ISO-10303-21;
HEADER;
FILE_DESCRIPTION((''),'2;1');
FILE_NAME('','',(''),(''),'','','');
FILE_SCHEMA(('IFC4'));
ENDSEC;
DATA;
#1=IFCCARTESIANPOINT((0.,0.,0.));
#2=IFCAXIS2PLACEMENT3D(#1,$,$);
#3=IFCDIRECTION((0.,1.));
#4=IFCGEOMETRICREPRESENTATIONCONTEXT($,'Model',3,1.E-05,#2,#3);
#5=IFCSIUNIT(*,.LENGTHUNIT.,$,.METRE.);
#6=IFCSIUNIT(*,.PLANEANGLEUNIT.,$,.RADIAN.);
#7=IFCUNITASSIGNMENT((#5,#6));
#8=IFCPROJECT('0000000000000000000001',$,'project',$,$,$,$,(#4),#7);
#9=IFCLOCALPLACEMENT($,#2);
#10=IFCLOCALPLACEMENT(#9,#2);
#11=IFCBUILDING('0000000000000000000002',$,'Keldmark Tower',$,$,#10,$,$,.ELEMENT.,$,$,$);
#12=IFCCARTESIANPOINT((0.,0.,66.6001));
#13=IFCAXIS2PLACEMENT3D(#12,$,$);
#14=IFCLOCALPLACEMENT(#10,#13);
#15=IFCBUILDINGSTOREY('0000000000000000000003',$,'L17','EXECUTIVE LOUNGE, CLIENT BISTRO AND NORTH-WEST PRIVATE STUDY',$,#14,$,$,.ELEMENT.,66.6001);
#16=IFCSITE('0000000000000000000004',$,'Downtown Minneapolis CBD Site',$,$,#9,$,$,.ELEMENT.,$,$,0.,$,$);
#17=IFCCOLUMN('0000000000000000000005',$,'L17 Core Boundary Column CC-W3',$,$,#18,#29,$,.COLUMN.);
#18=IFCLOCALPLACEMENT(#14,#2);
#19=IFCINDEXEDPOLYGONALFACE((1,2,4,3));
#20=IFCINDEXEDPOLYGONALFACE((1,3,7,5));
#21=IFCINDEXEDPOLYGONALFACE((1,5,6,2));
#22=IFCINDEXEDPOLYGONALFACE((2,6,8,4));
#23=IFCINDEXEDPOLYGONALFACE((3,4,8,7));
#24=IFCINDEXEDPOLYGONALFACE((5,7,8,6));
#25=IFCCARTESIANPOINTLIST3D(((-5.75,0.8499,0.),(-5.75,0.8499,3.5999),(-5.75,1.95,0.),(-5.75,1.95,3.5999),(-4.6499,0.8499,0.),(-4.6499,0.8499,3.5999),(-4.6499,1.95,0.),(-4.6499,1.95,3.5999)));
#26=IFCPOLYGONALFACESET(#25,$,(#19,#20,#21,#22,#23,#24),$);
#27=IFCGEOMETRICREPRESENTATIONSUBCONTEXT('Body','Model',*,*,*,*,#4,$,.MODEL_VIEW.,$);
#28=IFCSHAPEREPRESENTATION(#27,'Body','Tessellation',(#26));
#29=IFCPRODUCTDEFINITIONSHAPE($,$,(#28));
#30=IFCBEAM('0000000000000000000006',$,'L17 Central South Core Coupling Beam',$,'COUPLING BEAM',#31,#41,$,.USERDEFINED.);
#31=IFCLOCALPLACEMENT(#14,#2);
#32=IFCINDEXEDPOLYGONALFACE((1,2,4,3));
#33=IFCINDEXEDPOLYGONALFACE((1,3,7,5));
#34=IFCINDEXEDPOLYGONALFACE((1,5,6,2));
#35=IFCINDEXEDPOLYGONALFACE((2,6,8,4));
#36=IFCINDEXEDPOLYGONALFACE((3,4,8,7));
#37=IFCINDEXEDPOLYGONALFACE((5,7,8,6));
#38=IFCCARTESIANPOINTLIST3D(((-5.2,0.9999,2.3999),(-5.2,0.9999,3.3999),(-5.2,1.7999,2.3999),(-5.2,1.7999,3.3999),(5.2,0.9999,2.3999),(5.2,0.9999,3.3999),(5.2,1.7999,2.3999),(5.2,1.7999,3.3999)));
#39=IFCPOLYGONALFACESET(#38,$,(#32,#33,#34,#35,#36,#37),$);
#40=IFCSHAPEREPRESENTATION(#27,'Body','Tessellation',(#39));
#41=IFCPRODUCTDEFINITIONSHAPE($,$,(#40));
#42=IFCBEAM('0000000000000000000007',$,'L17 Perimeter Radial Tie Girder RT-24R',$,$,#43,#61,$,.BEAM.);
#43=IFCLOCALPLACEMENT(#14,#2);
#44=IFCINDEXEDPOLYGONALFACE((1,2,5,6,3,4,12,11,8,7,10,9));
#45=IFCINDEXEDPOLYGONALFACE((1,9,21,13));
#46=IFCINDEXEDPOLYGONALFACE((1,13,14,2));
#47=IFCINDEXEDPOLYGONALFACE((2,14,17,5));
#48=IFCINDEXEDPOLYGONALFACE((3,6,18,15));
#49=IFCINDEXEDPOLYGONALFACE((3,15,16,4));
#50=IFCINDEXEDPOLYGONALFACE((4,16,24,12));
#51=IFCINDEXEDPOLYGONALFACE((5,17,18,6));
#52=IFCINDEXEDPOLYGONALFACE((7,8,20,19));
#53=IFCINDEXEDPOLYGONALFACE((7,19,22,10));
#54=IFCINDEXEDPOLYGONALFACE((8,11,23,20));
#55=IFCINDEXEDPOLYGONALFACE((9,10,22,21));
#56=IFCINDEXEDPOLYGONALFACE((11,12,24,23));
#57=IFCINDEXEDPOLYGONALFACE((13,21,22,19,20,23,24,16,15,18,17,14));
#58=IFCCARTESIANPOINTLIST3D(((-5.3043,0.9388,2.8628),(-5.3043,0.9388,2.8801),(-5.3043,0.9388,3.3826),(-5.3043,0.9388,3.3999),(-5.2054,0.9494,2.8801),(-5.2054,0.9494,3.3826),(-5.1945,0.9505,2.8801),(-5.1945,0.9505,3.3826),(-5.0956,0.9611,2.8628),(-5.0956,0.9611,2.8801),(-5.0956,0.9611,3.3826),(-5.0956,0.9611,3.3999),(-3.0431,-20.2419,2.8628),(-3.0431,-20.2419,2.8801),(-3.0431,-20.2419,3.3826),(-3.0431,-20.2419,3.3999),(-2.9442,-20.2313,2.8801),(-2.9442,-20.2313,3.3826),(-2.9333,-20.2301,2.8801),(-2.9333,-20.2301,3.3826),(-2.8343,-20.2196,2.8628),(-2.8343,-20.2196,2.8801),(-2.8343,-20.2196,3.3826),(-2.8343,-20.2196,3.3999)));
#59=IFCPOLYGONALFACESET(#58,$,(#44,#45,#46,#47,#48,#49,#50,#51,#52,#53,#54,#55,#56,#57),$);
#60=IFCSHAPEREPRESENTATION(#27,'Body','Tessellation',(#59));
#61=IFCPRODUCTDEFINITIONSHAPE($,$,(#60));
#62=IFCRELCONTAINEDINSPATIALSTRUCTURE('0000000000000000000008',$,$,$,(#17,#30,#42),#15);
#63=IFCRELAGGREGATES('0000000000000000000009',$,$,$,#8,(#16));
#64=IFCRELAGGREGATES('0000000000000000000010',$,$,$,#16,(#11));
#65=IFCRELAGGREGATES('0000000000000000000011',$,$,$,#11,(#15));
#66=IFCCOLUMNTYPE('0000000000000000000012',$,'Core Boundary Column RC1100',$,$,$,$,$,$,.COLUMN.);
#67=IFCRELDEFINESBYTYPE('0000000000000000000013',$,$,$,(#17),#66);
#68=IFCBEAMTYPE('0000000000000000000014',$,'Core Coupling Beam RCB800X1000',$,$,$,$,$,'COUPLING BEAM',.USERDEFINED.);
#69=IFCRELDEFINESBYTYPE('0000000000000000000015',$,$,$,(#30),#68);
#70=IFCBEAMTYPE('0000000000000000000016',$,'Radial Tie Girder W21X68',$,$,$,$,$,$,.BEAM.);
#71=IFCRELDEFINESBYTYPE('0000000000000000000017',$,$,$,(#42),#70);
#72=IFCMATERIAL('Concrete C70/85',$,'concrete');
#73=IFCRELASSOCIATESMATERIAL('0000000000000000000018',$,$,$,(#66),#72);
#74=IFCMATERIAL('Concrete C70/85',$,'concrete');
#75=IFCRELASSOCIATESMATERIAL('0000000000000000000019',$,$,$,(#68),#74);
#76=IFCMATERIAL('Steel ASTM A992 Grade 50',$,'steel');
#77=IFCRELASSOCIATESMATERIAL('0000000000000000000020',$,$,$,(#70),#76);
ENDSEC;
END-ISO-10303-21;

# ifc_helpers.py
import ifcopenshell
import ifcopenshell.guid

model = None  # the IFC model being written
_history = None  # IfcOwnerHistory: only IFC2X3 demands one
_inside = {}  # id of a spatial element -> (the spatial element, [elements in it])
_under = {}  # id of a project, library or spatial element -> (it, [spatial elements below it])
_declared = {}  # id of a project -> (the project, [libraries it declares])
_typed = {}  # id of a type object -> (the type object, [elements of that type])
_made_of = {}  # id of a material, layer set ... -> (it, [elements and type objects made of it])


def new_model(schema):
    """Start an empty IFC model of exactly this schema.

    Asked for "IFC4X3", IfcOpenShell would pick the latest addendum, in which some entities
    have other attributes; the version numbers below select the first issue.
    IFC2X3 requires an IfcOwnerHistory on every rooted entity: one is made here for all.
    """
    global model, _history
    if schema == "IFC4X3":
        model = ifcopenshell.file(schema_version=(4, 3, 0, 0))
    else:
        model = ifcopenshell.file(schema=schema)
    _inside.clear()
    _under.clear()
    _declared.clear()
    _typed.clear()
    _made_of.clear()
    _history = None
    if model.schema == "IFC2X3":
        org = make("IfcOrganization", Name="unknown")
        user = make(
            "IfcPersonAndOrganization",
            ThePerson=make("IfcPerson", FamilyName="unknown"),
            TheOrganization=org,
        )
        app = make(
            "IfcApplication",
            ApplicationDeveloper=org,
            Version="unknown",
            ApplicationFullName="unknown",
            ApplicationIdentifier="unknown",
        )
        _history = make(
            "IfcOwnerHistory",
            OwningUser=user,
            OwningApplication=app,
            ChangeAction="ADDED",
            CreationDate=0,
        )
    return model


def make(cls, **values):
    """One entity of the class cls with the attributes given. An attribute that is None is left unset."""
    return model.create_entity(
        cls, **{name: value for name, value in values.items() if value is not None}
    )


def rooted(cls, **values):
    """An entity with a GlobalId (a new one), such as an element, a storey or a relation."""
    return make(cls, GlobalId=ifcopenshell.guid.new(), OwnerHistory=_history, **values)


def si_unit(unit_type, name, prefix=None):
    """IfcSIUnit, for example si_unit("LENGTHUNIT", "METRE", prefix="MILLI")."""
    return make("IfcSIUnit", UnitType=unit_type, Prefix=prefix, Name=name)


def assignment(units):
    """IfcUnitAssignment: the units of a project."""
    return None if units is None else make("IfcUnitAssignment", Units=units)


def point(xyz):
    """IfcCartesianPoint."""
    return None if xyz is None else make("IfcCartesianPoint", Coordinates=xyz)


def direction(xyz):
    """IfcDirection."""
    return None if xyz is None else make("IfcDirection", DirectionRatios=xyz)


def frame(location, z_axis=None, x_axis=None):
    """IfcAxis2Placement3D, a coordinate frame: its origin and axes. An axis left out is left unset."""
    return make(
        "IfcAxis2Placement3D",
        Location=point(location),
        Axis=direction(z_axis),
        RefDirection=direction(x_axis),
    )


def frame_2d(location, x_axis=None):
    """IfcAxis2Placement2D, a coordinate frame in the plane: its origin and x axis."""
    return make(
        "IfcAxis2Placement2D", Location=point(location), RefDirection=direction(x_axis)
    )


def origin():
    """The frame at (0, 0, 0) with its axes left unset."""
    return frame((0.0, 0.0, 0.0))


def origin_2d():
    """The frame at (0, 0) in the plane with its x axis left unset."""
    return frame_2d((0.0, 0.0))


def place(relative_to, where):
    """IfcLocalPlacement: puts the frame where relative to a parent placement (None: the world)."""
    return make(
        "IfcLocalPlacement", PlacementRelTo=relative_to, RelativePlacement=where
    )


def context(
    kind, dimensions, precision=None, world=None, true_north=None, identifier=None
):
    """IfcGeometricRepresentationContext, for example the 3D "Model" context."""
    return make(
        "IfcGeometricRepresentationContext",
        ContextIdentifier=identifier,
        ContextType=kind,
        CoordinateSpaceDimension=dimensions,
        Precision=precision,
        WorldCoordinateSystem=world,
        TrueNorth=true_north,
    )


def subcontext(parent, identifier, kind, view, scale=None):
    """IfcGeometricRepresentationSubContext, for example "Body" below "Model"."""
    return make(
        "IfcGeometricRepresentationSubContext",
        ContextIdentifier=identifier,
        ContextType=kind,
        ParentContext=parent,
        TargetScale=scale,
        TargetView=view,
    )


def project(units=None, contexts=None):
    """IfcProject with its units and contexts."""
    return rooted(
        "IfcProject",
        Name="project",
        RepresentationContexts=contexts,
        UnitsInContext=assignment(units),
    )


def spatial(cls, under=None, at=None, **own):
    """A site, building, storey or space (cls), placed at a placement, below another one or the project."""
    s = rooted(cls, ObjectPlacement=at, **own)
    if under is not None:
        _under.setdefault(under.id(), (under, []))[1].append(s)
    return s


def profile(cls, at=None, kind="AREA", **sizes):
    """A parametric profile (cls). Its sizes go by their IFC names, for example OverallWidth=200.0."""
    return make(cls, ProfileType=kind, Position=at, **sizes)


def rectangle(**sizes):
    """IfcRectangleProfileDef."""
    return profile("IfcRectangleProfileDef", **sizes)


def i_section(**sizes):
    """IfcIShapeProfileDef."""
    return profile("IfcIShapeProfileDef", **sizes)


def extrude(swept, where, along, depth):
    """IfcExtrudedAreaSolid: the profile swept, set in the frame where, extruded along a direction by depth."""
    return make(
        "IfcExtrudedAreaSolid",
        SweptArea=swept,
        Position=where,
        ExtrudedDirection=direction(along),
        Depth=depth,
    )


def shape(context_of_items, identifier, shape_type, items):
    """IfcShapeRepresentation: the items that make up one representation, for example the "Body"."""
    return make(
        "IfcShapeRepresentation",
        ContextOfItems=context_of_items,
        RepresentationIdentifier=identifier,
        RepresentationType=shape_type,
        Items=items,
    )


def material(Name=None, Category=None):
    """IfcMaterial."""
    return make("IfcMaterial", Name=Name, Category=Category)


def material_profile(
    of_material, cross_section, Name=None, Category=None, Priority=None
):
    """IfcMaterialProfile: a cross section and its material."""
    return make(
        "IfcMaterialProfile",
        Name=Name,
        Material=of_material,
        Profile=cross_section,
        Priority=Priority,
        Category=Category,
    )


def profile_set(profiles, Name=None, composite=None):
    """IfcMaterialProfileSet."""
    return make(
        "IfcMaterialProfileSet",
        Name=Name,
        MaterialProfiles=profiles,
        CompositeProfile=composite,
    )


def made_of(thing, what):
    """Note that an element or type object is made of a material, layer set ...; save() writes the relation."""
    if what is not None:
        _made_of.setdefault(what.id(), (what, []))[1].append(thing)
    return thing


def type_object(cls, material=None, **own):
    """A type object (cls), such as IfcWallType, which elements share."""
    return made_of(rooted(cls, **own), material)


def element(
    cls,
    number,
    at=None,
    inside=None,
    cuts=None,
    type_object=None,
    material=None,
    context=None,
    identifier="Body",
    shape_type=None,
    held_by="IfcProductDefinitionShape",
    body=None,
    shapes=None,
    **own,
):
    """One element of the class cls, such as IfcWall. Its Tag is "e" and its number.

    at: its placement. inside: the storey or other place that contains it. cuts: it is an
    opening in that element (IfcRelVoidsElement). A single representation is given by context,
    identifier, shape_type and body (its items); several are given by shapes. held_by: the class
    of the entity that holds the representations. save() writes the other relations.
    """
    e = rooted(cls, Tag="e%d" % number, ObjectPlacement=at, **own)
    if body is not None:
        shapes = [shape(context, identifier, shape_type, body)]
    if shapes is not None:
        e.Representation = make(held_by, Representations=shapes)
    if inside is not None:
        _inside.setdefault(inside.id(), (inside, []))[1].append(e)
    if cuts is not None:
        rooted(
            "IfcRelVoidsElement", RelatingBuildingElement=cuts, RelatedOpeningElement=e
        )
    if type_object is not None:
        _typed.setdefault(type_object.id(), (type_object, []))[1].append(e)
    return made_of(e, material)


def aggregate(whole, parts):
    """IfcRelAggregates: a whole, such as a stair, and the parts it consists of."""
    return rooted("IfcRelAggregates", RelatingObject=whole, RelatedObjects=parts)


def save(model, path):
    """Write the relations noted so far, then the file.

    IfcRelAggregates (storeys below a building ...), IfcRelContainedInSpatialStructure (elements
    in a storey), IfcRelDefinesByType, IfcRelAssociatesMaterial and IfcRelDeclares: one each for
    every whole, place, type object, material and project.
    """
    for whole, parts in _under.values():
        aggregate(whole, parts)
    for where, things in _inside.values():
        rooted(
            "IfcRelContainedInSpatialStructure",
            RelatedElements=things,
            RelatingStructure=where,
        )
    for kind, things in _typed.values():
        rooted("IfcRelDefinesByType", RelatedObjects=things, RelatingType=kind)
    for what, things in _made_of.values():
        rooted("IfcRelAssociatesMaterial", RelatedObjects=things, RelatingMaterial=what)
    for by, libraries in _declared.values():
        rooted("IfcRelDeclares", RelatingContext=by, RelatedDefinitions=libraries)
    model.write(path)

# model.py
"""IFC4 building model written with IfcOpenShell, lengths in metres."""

from ifc_helpers import new_model, si_unit, direction, frame, origin, origin_2d, place, context, subcontext, project, spatial, rectangle, i_section, extrude, material, material_profile, profile_set, type_object, element, save


model = new_model("IFC4")

# Units and contexts
model_context = context("Model", 3, precision=1e-05, world=origin(), true_north=direction((0.0, 1.0)))
body_context = subcontext(model_context, "Body", "Model", "MODEL_VIEW")
ifc_project = project(units=[si_unit("LENGTHUNIT", "METRE"), si_unit("PLANEANGLEUNIT", "RADIAN")], contexts=[model_context])

# Site, building, storey
site_placement = place(None, origin())
site = spatial("IfcSite", under=ifc_project, at=site_placement, Name="Downtown Minneapolis CBD Site", CompositionType="ELEMENT", RefElevation=0.0)
building_placement = place(site_placement, origin())
building = spatial("IfcBuilding", under=site, at=building_placement, Name="Keldmark Tower", CompositionType="ELEMENT")
storey_placement = place(building_placement, frame((0.0, 0.0, 66.6001)))
storey = spatial("IfcBuildingStorey", under=building, at=storey_placement, Name="L17", Description="EXECUTIVE LOUNGE, CLIENT BISTRO AND NORTH-WEST PRIVATE STUDY", CompositionType="ELEMENT", Elevation=66.6001)

# Column
ifc_material_1 = material(Name="Concrete C70/85", Category="concrete")
ifc_material_profile_1 = material_profile(ifc_material_1, rectangle(XDim=1.1001, YDim=1.1001, at=origin_2d()), Name="RC1100X1100")
ifc_profile_set_1 = profile_set([ifc_material_profile_1], Name="Concrete C70/85")
column_type = type_object("IfcColumnType", Name="Core Boundary Column RC1100", PredefinedType="COLUMN", material=ifc_profile_set_1)
column_placement = place(storey_placement, frame((-5.2, 1.3999, 0.0), z_axis=(0.0, 0.0, 1.0), x_axis=(1.0, 0.0, 0.0)))
element("IfcColumn", 1, at=column_placement, inside=storey, type_object=column_type, Name="L17 Core Boundary Column CC-W3", PredefinedType="COLUMN", context=body_context, shape_type="SweptSolid", body=[
    extrude(rectangle(XDim=1.1001, YDim=1.1001, at=origin_2d()), origin(), (0.0, 0.0, 1.0), 3.5999),
])

# Beams
ifc_material_2 = material(Name="Concrete C70/85", Category="concrete")
ifc_material_profile_2 = material_profile(ifc_material_2, rectangle(XDim=0.8, YDim=1.0, at=origin_2d()), Name="RCB800X1000")
ifc_profile_set_2 = profile_set([ifc_material_profile_2], Name="Concrete C70/85")
beam_type_1 = type_object("IfcBeamType", Name="Core Coupling Beam RCB800X1000", ElementType="COUPLING BEAM", PredefinedType="USERDEFINED", material=ifc_profile_set_2)
beam_1_placement = place(storey_placement, frame((-5.2, 1.3999, 2.8999), z_axis=(1.0, 0.0, 0.0), x_axis=(0.0, 1.0, 0.0)))
element("IfcBeam", 2, at=beam_1_placement, inside=storey, type_object=beam_type_1, Name="L17 Central South Core Coupling Beam", ObjectType="COUPLING BEAM", PredefinedType="USERDEFINED", context=body_context, shape_type="SweptSolid", body=[
    extrude(rectangle(XDim=0.8, YDim=1.0, at=origin_2d()), origin(), (0.0, 0.0, 1.0), 10.3999),
])
ifc_material_3 = material(Name="Steel ASTM A992 Grade 50", Category="steel")
ifc_material_profile_3 = material_profile(ifc_material_3, i_section(OverallWidth=0.21, OverallDepth=0.5371, WebThickness=0.011, FlangeThickness=0.0173, at=origin_2d()), Name="W21X68")
ifc_profile_set_3 = profile_set([ifc_material_profile_3], Name="Steel ASTM A992 Grade 50")
beam_type_2 = type_object("IfcBeamType", Name="Radial Tie Girder W21X68", PredefinedType="BEAM", material=ifc_profile_set_3)
beam_2_placement = place(storey_placement, frame((-5.2, 0.95, 3.1313), z_axis=(0.106156, -0.994349, 0.0), x_axis=(0.994349, 0.106156, 0.0)))
element("IfcBeam", 3, at=beam_2_placement, inside=storey, type_object=beam_type_2, Name="L17 Perimeter Radial Tie Girder RT-24R", PredefinedType="BEAM", context=body_context, shape_type="SweptSolid", body=[
    extrude(i_section(OverallWidth=0.21, OverallDepth=0.5371, WebThickness=0.011, FlangeThickness=0.0173, at=origin_2d()), origin(), (0.0, 0.0, 1.0), 21.301),
])

save(model, "model.ifc")
